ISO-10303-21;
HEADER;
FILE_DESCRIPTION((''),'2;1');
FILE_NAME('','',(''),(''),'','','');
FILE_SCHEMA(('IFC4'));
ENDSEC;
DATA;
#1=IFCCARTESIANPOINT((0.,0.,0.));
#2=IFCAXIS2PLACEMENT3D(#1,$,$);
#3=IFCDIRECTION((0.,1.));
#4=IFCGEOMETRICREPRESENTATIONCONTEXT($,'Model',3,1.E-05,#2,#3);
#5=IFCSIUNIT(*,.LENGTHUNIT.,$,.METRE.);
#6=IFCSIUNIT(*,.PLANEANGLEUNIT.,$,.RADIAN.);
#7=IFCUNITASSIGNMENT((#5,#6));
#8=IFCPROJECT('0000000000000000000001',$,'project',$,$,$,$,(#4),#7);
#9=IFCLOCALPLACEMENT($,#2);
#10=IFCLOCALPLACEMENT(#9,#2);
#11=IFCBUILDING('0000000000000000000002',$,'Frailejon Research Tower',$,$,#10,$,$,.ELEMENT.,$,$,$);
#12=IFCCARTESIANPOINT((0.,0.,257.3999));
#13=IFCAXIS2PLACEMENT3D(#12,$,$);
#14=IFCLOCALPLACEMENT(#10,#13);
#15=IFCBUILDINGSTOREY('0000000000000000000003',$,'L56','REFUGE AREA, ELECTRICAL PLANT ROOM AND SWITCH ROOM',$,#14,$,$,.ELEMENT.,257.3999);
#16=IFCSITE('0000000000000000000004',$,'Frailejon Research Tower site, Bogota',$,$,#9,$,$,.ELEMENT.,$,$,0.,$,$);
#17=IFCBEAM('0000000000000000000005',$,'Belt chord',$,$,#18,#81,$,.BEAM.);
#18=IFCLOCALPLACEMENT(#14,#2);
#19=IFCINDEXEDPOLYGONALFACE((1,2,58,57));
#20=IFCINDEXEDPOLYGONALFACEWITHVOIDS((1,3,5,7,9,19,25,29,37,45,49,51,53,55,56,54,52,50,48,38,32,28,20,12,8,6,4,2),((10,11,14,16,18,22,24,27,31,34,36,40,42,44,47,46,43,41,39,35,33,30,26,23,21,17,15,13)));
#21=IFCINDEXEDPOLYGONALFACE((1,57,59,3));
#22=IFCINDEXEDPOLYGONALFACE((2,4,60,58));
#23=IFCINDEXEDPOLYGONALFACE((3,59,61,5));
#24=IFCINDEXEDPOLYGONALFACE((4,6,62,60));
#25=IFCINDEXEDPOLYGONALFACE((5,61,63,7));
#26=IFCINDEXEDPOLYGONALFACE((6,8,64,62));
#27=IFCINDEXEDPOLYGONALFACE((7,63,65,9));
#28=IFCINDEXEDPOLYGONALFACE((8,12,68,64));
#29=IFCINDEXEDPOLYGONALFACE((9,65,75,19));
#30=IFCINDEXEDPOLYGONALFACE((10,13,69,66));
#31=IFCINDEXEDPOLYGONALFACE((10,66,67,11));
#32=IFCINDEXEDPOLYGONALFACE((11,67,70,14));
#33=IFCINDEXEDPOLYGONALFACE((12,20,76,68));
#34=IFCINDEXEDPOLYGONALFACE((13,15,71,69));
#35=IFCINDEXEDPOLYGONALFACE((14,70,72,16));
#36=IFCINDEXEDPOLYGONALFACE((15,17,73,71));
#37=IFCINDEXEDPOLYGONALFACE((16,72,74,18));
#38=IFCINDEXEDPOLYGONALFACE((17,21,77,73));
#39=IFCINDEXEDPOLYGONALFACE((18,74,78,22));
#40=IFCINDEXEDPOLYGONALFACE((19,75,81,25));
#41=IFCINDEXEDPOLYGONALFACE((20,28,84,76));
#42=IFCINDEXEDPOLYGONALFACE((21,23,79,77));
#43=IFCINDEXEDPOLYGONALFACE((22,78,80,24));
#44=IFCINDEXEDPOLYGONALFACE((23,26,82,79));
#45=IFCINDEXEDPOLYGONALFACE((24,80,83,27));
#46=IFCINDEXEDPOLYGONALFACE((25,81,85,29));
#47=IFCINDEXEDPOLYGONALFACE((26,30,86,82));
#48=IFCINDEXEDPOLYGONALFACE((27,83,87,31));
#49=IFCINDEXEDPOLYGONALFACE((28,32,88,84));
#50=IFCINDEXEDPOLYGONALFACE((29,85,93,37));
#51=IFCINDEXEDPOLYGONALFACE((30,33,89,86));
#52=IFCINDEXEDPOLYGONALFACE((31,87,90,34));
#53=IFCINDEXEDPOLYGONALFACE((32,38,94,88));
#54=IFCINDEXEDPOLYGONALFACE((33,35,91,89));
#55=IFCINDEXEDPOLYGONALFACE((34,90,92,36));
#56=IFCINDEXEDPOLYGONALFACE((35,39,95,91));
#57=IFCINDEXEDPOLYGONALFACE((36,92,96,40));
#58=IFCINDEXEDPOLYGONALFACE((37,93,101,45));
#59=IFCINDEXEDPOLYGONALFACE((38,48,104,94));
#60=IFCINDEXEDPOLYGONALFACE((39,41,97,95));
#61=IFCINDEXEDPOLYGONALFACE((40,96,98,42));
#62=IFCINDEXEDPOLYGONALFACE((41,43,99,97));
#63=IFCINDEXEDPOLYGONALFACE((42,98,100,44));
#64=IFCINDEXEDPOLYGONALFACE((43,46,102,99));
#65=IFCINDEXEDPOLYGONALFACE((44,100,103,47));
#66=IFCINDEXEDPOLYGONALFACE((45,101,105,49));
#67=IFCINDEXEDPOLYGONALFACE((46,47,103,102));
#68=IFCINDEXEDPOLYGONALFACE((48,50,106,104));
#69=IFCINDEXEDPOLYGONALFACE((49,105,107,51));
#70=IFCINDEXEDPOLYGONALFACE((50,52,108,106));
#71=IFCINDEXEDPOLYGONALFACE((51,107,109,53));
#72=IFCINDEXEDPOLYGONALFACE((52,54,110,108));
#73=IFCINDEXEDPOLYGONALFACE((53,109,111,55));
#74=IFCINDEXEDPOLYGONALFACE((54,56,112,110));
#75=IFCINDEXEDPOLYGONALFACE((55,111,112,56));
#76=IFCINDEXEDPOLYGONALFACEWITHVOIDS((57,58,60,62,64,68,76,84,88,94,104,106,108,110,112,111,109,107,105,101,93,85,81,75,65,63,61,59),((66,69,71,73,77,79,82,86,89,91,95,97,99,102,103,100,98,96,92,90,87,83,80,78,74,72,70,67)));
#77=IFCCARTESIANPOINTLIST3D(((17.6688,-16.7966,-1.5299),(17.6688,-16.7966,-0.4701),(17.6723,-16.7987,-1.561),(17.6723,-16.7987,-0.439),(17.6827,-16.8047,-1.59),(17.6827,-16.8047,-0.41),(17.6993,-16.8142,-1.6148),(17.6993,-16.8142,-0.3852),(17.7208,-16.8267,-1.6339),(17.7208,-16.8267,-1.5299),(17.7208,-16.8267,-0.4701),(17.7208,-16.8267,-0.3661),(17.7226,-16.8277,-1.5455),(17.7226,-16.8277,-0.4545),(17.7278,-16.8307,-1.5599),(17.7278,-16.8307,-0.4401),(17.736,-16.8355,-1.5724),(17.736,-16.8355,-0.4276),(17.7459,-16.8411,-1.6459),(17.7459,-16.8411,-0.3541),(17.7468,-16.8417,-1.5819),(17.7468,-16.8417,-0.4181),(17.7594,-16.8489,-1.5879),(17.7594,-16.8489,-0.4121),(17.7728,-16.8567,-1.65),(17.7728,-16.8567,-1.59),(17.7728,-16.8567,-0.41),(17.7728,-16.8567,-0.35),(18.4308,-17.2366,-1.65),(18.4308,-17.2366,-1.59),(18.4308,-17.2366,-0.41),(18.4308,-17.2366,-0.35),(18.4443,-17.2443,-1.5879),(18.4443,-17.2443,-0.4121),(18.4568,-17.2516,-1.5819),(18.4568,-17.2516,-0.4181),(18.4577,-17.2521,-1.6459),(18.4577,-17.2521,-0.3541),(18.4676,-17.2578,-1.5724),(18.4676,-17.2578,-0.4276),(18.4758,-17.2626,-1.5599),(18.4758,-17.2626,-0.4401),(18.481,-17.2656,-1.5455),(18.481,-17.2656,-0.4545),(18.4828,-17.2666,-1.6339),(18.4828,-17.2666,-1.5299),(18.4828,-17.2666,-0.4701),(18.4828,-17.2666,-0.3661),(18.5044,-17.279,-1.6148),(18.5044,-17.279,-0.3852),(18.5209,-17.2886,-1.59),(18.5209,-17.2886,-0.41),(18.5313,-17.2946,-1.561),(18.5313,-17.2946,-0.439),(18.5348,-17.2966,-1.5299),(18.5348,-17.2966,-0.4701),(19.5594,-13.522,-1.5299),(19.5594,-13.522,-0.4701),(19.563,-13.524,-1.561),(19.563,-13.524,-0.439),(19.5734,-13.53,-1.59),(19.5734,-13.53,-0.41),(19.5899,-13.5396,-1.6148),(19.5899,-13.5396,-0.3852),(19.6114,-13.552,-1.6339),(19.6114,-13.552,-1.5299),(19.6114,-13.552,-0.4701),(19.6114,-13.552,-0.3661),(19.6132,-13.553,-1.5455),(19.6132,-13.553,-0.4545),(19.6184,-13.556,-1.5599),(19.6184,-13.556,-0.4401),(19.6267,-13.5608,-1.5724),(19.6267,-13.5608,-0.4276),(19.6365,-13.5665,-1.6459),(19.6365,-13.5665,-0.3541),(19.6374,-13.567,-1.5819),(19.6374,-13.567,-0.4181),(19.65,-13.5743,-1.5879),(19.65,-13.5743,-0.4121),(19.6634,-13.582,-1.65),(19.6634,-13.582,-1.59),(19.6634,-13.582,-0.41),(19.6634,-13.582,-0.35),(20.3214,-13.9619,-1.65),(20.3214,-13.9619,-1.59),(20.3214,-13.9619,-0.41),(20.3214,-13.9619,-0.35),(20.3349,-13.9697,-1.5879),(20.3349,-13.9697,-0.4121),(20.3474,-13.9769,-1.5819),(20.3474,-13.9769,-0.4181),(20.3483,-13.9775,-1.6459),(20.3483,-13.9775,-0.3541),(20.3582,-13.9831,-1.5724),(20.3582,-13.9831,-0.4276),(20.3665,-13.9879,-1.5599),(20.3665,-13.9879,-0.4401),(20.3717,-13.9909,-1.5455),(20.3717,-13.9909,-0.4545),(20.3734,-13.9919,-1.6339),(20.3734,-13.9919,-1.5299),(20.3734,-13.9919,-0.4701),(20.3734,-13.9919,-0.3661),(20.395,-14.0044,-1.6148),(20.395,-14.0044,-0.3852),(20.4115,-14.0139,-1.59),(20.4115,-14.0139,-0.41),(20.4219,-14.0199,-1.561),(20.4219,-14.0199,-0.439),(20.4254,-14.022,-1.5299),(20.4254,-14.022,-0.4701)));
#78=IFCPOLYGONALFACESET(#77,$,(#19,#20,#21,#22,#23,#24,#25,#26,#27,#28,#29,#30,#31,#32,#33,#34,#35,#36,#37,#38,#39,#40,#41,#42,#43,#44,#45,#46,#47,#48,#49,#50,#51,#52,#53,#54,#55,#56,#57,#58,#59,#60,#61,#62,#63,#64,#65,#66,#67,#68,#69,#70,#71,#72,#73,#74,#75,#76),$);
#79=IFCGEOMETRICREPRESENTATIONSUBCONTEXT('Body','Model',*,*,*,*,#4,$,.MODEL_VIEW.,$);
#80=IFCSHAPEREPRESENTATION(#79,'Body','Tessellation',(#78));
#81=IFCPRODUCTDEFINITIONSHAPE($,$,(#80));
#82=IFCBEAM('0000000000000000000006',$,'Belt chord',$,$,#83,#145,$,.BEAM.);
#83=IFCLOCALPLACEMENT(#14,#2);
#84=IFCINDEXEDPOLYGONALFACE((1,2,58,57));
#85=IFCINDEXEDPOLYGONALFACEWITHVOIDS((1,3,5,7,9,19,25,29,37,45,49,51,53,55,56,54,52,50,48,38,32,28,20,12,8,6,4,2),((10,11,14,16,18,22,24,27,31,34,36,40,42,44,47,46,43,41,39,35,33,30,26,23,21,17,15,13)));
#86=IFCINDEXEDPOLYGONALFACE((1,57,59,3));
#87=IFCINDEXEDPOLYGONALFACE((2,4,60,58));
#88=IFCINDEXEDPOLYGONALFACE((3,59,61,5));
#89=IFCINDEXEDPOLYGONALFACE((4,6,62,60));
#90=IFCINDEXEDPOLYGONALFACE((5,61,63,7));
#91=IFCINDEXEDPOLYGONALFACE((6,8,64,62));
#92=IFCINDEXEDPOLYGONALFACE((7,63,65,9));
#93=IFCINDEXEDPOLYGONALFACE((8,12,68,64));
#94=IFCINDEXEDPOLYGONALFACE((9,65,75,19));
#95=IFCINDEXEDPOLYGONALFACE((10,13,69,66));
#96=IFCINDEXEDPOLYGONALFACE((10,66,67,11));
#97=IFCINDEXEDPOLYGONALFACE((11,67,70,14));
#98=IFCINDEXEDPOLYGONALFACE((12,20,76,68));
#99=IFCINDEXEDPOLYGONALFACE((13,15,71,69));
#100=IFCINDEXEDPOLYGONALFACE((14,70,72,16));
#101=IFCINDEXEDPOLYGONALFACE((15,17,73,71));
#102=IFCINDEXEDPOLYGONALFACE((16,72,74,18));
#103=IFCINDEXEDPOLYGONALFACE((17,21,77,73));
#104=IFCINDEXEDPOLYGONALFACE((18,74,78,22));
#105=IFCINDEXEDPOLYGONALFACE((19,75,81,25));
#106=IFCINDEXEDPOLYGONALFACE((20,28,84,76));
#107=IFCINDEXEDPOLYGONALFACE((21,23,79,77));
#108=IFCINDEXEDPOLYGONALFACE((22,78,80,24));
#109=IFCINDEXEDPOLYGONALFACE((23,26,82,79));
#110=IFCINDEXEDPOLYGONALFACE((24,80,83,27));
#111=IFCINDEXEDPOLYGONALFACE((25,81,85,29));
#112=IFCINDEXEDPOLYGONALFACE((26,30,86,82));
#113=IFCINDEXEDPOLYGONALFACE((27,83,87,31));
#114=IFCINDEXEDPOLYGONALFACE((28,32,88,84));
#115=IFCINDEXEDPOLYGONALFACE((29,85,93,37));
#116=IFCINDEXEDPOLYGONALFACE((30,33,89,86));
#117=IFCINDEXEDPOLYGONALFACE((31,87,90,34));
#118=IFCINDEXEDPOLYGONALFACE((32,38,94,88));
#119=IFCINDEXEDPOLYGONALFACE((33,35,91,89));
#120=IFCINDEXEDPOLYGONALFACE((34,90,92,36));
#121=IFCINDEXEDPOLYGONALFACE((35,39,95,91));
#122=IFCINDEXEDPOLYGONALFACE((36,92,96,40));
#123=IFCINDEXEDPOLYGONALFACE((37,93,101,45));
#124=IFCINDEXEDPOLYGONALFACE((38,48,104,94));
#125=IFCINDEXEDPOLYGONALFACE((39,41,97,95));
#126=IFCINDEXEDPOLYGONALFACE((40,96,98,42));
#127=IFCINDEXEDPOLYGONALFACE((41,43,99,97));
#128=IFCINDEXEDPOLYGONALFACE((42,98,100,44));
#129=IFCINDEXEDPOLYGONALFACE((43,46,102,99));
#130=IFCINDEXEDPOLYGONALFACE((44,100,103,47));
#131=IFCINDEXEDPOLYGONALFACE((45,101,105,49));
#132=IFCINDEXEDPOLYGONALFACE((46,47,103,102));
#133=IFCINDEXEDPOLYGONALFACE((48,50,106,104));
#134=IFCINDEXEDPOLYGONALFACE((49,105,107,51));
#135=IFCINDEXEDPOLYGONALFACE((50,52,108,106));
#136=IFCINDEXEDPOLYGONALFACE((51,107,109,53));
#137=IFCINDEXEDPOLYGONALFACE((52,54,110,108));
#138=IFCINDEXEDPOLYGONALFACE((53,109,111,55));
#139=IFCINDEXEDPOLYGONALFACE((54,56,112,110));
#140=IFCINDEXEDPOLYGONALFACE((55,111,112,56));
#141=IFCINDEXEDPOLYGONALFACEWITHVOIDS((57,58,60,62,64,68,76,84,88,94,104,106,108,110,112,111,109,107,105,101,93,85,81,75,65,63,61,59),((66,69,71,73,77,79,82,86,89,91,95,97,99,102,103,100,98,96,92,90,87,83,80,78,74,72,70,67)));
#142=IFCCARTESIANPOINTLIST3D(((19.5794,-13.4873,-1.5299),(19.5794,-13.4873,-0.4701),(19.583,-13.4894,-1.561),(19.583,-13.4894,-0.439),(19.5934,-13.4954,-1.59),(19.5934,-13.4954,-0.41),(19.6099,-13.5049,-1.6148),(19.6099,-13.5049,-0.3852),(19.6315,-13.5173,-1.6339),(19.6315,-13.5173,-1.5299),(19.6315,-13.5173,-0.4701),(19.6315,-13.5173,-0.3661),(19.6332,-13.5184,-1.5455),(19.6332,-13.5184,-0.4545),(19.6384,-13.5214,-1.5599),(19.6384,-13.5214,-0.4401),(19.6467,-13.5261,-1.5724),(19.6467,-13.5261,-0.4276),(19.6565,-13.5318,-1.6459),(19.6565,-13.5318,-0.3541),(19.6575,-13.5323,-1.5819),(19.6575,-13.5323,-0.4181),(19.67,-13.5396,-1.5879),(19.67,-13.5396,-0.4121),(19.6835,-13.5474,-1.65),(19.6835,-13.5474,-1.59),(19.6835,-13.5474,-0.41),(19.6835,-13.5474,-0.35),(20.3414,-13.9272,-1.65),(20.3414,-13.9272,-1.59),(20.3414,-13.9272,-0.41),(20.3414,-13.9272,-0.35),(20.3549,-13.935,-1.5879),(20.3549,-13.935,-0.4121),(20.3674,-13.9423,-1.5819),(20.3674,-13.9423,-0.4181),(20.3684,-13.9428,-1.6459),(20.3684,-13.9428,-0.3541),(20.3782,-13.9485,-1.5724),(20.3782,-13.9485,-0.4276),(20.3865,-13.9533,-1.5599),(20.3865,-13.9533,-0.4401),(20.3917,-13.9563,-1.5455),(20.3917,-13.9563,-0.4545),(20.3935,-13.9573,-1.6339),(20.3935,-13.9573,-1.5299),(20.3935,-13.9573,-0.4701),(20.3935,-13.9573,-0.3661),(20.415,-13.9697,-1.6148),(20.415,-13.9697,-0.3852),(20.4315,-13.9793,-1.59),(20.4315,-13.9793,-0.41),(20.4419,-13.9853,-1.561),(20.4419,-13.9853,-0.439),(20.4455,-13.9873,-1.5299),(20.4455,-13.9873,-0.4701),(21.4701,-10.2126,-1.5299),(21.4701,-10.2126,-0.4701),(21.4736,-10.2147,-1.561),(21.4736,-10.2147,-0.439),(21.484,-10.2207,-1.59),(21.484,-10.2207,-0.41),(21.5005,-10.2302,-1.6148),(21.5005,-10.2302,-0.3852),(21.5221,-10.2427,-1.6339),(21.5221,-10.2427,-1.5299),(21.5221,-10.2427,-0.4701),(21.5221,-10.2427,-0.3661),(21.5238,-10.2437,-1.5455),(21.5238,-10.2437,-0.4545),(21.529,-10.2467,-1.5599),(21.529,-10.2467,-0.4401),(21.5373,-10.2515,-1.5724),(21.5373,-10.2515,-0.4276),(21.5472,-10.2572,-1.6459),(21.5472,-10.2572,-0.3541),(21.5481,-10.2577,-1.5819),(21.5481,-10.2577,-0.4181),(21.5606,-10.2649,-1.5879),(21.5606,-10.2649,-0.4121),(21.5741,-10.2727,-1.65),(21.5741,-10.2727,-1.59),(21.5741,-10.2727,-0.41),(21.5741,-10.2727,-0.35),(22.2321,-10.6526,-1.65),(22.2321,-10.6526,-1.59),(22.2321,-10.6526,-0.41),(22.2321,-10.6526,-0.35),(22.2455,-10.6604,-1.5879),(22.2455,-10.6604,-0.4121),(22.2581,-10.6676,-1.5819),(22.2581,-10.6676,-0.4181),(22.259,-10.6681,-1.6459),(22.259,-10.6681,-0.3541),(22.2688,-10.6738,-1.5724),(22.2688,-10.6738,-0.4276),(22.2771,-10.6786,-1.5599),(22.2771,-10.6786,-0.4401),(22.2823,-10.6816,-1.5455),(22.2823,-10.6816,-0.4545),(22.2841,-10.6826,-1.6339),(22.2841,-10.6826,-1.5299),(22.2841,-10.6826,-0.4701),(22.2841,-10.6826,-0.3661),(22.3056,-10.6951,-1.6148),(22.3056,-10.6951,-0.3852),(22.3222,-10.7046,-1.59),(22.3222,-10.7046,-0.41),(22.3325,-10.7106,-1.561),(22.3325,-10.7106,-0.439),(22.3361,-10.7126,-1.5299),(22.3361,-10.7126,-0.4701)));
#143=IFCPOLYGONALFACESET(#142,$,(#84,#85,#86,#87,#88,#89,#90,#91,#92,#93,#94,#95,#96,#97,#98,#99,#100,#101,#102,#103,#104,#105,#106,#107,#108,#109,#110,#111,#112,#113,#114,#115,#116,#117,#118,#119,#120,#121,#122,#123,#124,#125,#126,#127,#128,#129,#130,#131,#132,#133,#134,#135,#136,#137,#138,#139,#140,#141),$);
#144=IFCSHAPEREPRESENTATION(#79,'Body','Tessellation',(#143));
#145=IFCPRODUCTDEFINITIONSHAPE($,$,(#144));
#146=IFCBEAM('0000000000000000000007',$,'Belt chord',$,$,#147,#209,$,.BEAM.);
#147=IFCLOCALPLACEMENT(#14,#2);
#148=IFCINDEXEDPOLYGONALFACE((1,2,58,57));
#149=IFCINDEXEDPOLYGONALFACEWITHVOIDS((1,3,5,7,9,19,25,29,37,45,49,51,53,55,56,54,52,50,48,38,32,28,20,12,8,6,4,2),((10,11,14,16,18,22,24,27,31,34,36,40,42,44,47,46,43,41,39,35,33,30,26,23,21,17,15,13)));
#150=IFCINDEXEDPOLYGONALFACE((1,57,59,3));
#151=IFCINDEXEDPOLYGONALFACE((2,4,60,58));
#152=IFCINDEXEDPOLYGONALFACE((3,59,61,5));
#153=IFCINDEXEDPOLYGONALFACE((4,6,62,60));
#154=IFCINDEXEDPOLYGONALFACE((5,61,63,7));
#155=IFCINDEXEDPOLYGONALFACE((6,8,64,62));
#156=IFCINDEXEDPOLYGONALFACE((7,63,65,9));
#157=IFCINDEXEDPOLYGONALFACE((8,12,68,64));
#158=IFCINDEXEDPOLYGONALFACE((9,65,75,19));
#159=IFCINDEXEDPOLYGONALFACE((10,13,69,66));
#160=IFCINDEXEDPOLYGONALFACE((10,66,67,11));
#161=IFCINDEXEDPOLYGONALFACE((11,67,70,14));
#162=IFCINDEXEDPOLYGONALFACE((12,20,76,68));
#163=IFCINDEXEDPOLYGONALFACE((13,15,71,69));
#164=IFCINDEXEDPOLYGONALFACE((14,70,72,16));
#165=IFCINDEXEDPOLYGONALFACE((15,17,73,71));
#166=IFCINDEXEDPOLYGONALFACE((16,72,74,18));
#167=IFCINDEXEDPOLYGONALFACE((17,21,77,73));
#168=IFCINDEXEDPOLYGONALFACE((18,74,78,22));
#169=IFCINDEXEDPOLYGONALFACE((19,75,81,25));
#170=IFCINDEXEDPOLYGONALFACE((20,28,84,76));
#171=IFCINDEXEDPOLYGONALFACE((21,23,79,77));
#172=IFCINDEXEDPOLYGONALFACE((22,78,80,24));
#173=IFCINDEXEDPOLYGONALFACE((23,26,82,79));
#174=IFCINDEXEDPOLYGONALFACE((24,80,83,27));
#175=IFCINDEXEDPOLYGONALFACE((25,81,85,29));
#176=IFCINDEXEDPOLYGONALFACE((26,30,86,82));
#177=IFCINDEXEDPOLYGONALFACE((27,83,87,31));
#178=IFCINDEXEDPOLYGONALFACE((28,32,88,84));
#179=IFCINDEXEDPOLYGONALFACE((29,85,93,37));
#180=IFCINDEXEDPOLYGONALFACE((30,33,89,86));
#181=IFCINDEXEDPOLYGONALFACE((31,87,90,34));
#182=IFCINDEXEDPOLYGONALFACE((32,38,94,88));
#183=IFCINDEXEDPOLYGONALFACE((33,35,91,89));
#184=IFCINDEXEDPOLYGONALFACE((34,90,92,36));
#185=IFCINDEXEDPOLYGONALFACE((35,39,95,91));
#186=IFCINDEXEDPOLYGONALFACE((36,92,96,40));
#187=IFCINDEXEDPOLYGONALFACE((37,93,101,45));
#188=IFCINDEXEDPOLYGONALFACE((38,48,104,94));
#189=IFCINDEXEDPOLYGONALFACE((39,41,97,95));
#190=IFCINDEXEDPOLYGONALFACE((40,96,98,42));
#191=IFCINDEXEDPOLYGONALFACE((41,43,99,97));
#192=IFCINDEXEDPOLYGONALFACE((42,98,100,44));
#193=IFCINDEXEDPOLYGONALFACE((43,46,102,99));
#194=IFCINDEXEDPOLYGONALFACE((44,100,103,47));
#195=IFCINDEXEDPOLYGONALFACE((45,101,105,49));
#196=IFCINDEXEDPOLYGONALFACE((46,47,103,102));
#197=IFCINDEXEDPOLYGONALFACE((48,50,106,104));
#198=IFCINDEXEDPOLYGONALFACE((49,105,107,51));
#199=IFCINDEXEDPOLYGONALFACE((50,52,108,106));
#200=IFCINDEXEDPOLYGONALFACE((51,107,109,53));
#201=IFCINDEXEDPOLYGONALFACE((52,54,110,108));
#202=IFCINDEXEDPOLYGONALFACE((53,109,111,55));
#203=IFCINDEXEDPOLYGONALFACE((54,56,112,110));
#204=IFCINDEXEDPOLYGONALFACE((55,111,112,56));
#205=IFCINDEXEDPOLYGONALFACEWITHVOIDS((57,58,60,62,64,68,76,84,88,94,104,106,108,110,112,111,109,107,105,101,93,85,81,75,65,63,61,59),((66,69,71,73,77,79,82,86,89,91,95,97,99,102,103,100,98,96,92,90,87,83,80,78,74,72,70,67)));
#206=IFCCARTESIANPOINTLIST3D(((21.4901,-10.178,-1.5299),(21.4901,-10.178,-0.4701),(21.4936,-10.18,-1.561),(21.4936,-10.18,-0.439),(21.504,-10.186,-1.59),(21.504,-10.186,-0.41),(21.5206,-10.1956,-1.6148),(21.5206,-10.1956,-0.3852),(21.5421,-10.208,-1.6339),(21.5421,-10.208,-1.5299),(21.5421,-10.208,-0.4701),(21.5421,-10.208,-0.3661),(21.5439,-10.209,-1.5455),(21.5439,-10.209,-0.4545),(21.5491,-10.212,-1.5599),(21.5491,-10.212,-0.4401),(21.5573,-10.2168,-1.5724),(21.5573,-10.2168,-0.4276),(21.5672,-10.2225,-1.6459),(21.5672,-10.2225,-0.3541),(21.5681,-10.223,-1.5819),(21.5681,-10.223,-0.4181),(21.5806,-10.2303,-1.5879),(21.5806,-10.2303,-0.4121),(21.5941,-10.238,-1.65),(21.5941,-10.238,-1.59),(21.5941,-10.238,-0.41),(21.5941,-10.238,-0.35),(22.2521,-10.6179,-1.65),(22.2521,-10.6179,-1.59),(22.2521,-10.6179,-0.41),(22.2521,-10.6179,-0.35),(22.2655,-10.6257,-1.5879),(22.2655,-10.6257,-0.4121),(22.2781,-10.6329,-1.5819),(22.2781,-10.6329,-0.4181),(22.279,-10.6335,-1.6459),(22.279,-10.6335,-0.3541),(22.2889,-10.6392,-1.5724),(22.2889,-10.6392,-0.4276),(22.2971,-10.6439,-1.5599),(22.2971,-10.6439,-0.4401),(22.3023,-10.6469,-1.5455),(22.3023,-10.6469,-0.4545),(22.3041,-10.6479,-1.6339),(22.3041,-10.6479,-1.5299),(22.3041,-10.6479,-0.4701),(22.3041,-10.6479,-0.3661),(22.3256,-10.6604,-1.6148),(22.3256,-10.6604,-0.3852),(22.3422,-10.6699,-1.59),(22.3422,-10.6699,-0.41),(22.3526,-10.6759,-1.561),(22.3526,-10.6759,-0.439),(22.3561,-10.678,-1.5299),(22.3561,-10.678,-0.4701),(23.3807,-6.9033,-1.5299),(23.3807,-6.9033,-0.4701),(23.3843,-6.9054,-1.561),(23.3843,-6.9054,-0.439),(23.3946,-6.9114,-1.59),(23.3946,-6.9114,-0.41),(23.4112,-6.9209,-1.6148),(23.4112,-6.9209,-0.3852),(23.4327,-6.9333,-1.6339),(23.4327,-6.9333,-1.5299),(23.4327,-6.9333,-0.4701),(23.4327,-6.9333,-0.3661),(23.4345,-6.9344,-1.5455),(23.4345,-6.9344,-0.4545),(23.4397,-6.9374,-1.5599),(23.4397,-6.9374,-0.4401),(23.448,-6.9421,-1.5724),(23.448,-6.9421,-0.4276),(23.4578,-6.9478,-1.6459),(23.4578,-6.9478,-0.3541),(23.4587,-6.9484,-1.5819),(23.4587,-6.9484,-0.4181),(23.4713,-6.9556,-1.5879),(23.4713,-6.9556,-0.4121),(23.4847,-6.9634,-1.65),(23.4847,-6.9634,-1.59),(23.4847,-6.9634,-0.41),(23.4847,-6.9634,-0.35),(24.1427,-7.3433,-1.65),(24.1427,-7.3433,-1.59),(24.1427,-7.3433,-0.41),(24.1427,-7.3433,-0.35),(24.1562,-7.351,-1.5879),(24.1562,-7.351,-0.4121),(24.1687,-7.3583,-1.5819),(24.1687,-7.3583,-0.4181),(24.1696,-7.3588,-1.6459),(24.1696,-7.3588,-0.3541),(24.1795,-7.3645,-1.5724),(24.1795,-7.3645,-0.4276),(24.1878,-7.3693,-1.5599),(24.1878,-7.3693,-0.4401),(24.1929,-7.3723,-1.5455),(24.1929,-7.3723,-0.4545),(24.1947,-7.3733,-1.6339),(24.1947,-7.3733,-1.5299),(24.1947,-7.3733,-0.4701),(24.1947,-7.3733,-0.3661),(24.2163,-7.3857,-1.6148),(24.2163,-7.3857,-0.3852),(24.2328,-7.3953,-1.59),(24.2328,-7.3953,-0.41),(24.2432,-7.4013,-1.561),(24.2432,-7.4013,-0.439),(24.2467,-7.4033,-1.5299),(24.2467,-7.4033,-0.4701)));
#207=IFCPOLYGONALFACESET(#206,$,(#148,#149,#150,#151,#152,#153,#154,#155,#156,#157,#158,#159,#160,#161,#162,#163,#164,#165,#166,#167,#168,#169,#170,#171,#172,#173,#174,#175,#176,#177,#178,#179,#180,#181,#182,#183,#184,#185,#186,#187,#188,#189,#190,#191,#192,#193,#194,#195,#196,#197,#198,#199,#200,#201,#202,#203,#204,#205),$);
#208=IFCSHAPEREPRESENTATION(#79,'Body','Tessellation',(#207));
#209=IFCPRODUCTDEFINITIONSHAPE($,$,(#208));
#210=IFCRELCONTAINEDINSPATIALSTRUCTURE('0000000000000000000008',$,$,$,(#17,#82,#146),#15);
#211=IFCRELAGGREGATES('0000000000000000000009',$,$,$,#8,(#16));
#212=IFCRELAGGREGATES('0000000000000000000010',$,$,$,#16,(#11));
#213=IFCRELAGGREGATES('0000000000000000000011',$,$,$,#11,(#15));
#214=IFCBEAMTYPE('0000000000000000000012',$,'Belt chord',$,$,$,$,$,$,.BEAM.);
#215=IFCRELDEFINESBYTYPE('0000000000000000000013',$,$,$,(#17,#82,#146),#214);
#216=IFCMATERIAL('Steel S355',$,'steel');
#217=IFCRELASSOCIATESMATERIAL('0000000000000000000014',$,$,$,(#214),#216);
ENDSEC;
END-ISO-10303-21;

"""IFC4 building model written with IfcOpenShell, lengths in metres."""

from ifc_helpers import new_model, si_unit, direction, frame, origin, origin_2d, place, context, subcontext, project, spatial, hollow_rectangle, extrude, material, material_profile, profile_set, type_object, element, save


model = new_model("IFC4")

# Units and contexts
model_context = context("Model", 3, precision=1e-05, world=origin(), true_north=direction((0.0, 1.0)))
body_context = subcontext(model_context, "Body", "Model", "MODEL_VIEW")
ifc_project = project(units=[si_unit("LENGTHUNIT", "METRE"), si_unit("PLANEANGLEUNIT", "RADIAN")], contexts=[model_context])

# Site, building, storey
site_placement = place(None, origin())
site = spatial("IfcSite", under=ifc_project, at=site_placement, Name="Frailejon Research Tower site, Bogota", CompositionType="ELEMENT", RefElevation=0.0)
building_placement = place(site_placement, origin())
building = spatial("IfcBuilding", under=site, at=building_placement, Name="Frailejon Research Tower", CompositionType="ELEMENT")
storey_placement = place(building_placement, frame((0.0, 0.0, 257.3999)))
storey = spatial("IfcBuildingStorey", under=building, at=storey_placement, Name="L56", Description="REFUGE AREA, ELECTRICAL PLANT ROOM AND SWITCH ROOM", CompositionType="ELEMENT", Elevation=257.3999)

# Beams
ifc_material_1 = material(Name="Steel S355", Category="steel")
ifc_material_profile_1 = material_profile(ifc_material_1, hollow_rectangle(XDim=1.0, YDim=1.3, WallThickness=0.0601, InnerFilletRadius=0.0601, OuterFilletRadius=0.1201, at=origin_2d()), Name="Belt chord")
ifc_profile_set_1 = profile_set([ifc_material_profile_1], Name="Steel S355")
beam_type_1 = type_object("IfcBeamType", Name="Belt chord", PredefinedType="BEAM", material=ifc_profile_set_1)
for number, where, z_axis, x_axis, name in (
    (1, (18.1018, -17.0466, -1.0), (0.5, 0.866025, 0.0), (-0.866025, 0.5, 0.0), "Belt chord"),
    (2, (20.0125, -13.7373, -1.0), (0.5, 0.866025, 0.0), (-0.866025, 0.5, 0.0), "Belt chord"),
    (3, (21.9231, -10.428, -1.0), (0.5, 0.866025, 0.0), (-0.866025, 0.5, 0.0), "Belt chord"),
):
    element("IfcBeam", number, at=place(storey_placement, frame(where, z_axis=z_axis, x_axis=x_axis)), inside=storey, type_object=beam_type_1, Name=name, PredefinedType="BEAM", context=body_context, shape_type="SweptSolid", body=[
        extrude(hollow_rectangle(XDim=1.0, YDim=1.3, WallThickness=0.0601, InnerFilletRadius=0.0601, OuterFilletRadius=0.1201, at=origin_2d()), origin(), (0.0, 0.0, 1.0), 3.7812),
    ])

save(model, "model.ifc")
